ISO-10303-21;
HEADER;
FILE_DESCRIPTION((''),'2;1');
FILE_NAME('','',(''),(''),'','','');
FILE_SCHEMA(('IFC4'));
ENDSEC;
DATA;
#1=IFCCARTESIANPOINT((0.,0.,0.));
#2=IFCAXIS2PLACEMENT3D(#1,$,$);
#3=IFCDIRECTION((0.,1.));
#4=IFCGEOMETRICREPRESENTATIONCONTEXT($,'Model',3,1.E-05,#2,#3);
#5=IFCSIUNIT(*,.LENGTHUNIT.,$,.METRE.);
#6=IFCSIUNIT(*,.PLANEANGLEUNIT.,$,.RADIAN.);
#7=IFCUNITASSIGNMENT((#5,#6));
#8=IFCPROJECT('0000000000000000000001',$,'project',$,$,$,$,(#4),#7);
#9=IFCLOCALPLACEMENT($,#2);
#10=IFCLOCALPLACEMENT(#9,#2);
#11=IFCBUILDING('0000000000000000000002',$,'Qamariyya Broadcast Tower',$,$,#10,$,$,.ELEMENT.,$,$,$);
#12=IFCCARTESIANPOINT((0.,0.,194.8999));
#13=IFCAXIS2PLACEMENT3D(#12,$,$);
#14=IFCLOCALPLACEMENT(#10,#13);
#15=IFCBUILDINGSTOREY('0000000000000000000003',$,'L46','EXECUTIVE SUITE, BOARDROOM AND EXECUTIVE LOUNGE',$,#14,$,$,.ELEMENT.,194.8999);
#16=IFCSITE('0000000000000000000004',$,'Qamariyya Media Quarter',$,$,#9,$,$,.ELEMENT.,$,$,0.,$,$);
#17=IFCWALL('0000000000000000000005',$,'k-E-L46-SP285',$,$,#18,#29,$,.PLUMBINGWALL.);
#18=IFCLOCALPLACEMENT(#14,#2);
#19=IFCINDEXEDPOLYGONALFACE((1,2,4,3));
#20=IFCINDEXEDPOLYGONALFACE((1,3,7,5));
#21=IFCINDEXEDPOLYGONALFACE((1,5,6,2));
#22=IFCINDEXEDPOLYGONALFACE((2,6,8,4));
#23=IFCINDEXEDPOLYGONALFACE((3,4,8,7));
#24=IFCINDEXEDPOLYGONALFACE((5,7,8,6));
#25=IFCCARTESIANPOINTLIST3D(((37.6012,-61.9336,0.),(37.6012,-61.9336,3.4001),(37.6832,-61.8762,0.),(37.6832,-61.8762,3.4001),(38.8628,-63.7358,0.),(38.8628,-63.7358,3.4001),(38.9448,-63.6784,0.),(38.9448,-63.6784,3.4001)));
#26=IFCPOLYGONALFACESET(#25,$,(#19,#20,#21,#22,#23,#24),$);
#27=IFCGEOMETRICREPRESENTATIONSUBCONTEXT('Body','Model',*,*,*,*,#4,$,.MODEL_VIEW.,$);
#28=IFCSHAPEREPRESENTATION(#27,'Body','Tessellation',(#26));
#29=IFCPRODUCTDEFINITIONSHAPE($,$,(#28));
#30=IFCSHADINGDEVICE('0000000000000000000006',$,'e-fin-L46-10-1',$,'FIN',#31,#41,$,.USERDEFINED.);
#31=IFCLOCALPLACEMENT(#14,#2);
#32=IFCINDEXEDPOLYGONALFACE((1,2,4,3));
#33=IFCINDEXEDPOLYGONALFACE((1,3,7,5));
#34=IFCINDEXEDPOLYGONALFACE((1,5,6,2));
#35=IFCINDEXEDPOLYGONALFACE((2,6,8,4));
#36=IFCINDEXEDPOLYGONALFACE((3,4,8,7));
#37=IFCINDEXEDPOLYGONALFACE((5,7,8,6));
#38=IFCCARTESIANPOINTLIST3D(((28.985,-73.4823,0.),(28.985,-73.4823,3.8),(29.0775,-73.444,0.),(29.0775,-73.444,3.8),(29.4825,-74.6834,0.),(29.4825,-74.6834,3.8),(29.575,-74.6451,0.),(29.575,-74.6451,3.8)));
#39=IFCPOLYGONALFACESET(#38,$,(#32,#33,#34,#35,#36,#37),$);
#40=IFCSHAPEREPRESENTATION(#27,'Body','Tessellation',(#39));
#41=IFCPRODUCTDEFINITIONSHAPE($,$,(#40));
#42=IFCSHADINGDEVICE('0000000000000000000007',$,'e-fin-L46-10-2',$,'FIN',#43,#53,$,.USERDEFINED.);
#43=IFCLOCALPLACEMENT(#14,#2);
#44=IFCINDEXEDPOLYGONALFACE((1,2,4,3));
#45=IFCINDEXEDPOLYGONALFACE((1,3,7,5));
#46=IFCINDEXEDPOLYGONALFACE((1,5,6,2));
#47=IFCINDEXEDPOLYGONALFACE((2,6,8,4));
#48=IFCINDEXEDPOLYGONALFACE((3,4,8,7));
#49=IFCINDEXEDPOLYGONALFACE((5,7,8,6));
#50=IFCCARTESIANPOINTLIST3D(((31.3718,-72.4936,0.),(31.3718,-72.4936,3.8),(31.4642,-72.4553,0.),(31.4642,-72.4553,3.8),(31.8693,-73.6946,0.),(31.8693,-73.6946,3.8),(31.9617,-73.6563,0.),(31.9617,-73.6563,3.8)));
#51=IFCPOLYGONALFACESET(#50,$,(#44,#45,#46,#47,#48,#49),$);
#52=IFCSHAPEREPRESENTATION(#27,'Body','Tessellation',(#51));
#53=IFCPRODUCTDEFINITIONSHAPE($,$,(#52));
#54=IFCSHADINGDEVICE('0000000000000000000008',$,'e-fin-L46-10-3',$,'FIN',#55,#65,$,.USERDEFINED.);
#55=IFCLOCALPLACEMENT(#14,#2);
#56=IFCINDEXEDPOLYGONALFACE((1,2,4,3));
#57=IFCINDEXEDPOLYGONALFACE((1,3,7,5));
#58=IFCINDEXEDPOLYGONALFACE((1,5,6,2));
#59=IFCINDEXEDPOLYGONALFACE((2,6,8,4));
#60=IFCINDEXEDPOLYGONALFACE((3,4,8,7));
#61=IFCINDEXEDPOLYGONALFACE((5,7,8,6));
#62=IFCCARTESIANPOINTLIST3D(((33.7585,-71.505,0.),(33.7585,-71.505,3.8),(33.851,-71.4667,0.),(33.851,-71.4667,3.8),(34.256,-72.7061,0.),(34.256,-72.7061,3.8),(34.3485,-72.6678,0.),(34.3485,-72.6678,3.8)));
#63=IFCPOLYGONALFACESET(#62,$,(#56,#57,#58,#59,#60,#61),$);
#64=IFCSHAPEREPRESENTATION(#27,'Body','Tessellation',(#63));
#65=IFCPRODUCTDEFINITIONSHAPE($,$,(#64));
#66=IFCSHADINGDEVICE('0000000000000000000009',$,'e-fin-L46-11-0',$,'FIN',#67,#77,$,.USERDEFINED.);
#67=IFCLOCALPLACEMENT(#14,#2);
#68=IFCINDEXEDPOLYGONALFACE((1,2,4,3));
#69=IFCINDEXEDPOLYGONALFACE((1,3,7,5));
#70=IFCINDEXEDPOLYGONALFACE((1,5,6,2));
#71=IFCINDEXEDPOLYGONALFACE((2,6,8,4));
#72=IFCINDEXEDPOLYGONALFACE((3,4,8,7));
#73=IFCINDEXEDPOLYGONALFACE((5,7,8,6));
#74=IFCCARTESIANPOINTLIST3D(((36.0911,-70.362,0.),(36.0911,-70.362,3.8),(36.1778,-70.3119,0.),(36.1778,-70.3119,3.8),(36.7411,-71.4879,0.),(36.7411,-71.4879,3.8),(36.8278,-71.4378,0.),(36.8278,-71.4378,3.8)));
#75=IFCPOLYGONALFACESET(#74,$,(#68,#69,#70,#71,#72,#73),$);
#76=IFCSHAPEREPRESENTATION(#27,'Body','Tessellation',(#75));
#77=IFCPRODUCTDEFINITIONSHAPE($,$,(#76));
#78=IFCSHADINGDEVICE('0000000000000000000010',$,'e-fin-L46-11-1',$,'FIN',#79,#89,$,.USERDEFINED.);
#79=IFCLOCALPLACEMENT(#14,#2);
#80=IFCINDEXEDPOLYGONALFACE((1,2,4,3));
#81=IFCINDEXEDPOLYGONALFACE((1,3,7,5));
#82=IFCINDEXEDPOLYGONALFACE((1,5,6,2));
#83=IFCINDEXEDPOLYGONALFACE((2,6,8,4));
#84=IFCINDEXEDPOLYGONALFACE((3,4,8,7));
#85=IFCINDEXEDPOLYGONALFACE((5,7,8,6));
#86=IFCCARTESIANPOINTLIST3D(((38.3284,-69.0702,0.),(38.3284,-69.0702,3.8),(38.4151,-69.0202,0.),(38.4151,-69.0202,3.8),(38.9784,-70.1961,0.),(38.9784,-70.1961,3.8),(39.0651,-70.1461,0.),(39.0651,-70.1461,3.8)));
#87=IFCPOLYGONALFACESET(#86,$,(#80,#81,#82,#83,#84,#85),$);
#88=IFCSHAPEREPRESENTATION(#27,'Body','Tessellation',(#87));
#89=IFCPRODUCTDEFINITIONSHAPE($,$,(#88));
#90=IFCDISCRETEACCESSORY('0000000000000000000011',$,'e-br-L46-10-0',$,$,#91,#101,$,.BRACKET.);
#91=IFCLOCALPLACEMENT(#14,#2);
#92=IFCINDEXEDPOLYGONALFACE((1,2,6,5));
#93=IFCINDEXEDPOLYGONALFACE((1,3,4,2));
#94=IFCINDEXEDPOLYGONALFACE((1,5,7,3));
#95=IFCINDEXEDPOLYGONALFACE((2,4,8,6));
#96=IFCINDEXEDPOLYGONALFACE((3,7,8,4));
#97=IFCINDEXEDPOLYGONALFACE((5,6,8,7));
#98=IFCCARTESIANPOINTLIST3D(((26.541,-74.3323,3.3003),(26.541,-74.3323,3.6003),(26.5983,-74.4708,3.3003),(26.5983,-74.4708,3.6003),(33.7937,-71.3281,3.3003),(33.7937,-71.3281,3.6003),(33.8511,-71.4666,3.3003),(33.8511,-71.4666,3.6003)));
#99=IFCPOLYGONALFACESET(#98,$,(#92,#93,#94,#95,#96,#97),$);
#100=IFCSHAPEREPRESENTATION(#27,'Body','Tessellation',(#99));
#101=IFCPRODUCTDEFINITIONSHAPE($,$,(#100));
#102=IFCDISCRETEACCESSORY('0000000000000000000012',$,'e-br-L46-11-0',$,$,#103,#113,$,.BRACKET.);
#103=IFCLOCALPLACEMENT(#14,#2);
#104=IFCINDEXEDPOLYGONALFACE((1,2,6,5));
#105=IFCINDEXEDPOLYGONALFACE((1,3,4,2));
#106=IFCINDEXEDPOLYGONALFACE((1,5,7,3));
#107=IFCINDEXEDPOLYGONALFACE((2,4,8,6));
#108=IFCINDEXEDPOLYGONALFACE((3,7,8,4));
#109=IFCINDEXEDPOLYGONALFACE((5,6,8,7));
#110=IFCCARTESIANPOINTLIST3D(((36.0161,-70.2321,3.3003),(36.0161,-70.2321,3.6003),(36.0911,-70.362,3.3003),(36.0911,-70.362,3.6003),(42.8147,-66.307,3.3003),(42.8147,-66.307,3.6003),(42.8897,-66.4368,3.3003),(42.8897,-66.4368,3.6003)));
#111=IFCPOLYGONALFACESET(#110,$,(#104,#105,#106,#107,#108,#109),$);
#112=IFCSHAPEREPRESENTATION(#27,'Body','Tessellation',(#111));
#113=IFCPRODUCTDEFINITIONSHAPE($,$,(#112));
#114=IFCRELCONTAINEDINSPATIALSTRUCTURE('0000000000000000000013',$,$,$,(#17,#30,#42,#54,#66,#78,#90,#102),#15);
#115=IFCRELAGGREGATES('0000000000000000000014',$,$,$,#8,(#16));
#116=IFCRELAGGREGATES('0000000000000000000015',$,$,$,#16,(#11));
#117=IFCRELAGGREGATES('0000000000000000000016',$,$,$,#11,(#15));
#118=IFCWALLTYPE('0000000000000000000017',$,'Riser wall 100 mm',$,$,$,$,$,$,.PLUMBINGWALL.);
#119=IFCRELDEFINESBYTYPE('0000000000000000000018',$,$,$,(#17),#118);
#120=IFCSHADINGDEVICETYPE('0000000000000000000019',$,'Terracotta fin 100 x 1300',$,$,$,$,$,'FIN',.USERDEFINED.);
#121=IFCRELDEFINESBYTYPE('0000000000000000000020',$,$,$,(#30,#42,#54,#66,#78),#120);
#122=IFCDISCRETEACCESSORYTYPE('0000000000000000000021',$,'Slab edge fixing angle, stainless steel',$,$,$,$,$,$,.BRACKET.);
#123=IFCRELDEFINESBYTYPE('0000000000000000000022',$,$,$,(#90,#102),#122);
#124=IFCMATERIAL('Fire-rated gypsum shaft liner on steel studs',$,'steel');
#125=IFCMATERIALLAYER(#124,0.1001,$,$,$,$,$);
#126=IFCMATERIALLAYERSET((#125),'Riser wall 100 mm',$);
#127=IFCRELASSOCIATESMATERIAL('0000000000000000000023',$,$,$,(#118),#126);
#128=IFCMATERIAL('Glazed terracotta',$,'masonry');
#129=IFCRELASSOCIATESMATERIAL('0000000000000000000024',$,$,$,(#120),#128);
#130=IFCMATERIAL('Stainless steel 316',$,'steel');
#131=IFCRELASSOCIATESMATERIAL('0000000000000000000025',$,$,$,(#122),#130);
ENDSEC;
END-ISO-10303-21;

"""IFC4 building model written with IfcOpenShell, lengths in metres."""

from ifc_helpers import new_model, si_unit, direction, frame, frame_2d, origin, origin_2d, place, context, subcontext, project, spatial, rectangle, extrude, material, layer, layer_set, material_profile, profile_set, type_object, element, save


model = new_model("IFC4")

# Units and contexts
model_context = context("Model", 3, precision=1e-05, world=origin(), true_north=direction((0.0, 1.0)))
body_context = subcontext(model_context, "Body", "Model", "MODEL_VIEW")
ifc_project = project(units=[si_unit("LENGTHUNIT", "METRE"), si_unit("PLANEANGLEUNIT", "RADIAN")], contexts=[model_context])

# Site, building, storey
site_placement = place(None, origin())
site = spatial("IfcSite", under=ifc_project, at=site_placement, Name="Qamariyya Media Quarter", CompositionType="ELEMENT", RefElevation=0.0)
building_placement = place(site_placement, origin())
building = spatial("IfcBuilding", under=site, at=building_placement, Name="Qamariyya Broadcast Tower", CompositionType="ELEMENT")
storey_placement = place(building_placement, frame((0.0, 0.0, 194.8999)))
storey = spatial("IfcBuildingStorey", under=building, at=storey_placement, Name="L46", Description="EXECUTIVE SUITE, BOARDROOM AND EXECUTIVE LOUNGE", CompositionType="ELEMENT", Elevation=194.8999)

# Wall
ifc_material_1 = material(Name="Fire-rated gypsum shaft liner on steel studs", Category="steel")
ifc_layer_1 = layer(ifc_material_1, 0.1001)
ifc_layer_set_1 = layer_set([ifc_layer_1], Name="Riser wall 100 mm")
wall_type_1 = type_object("IfcWallType", Name="Riser wall 100 mm", PredefinedType="PLUMBINGWALL", material=ifc_layer_set_1)
wall_1_placement = place(storey_placement, frame((37.6421, -61.9048, 0.0), z_axis=(0.0, 0.0, 1.0), x_axis=(0.573507, -0.819201, 0.0)))
element("IfcWall", 1, at=wall_1_placement, inside=storey, type_object=wall_type_1, Name="k-E-L46-SP285", PredefinedType="PLUMBINGWALL", context=body_context, shape_type="SweptSolid", body=[
    extrude(rectangle(XDim=2.2, YDim=0.1001, at=frame_2d((1.1001, 0.0))), origin(), (0.0, 0.0, 1.0), 3.4001),
])

# Shading devices
ifc_material_2 = material(Name="Glazed terracotta", Category="masonry")
ifc_material_profile_1 = material_profile(ifc_material_2, rectangle(XDim=1.3, YDim=0.1001, at=origin_2d()))
ifc_profile_set_1 = profile_set([ifc_material_profile_1], Name="Glazed terracotta")
shading_device_type_1 = type_object("IfcShadingDeviceType", Name="Terracotta fin 100 x 1300", ElementType="FIN", PredefinedType="USERDEFINED", material=ifc_profile_set_1)
for number, where, z_axis, x_axis, name in (
    (2, (29.28, -74.0637, 0.0), (0.0, 0.0, 1.0), (0.382683, -0.92388, 0.0), "e-fin-L46-10-1"),
    (3, (31.6667, -73.075, 0.0), (0.0, 0.0, 1.0), (0.382683, -0.92388, 0.0), "e-fin-L46-10-2"),
    (4, (34.0535, -72.0864, 0.0), (0.0, 0.0, 1.0), (0.382683, -0.92388, 0.0), "e-fin-L46-10-3"),
    (5, (36.4595, -70.8999, 0.0), (0.0, 0.0, 1.0), (0.5, -0.866025, 0.0), "e-fin-L46-11-0"),
    (6, (38.6968, -69.6082, 0.0), (0.0, 0.0, 1.0), (0.5, -0.866025, 0.0), "e-fin-L46-11-1"),
):
    element("IfcShadingDevice", number, at=place(storey_placement, frame(where, z_axis=z_axis, x_axis=x_axis)), inside=storey, type_object=shading_device_type_1, Name=name, ObjectType="FIN", PredefinedType="USERDEFINED", context=body_context, shape_type="SweptSolid", body=[
        extrude(rectangle(XDim=1.3, YDim=0.1001, at=origin_2d()), origin(), (0.0, 0.0, 1.0), 3.8),
    ])

# Discrete accessories
ifc_material_3 = material(Name="Stainless steel 316", Category="steel")
discrete_accessory_type = type_object("IfcDiscreteAccessoryType", Name="Slab edge fixing angle, stainless steel", PredefinedType="BRACKET", material=ifc_material_3)
for number, where, z_axis, x_axis, name in (
    (7, (30.196, -72.8994, 3.3003), (0.0, 0.0, 1.0), (0.92388, 0.382683, 0.0), "e-br-L46-10-0"),
    (8, (39.4529, -68.3345, 3.3003), (0.0, 0.0, 1.0), (0.866025, 0.5, 0.0), "e-br-L46-11-0"),
):
    element("IfcDiscreteAccessory", number, at=place(storey_placement, frame(where, z_axis=z_axis, x_axis=x_axis)), inside=storey, type_object=discrete_accessory_type, Name=name, PredefinedType="BRACKET", context=body_context, shape_type="SweptSolid", body=[
        extrude(rectangle(XDim=7.8503, YDim=0.1499, at=origin_2d()), origin(), (0.0, 0.0, 1.0), 0.3),
    ])

save(model, "model.ifc")
